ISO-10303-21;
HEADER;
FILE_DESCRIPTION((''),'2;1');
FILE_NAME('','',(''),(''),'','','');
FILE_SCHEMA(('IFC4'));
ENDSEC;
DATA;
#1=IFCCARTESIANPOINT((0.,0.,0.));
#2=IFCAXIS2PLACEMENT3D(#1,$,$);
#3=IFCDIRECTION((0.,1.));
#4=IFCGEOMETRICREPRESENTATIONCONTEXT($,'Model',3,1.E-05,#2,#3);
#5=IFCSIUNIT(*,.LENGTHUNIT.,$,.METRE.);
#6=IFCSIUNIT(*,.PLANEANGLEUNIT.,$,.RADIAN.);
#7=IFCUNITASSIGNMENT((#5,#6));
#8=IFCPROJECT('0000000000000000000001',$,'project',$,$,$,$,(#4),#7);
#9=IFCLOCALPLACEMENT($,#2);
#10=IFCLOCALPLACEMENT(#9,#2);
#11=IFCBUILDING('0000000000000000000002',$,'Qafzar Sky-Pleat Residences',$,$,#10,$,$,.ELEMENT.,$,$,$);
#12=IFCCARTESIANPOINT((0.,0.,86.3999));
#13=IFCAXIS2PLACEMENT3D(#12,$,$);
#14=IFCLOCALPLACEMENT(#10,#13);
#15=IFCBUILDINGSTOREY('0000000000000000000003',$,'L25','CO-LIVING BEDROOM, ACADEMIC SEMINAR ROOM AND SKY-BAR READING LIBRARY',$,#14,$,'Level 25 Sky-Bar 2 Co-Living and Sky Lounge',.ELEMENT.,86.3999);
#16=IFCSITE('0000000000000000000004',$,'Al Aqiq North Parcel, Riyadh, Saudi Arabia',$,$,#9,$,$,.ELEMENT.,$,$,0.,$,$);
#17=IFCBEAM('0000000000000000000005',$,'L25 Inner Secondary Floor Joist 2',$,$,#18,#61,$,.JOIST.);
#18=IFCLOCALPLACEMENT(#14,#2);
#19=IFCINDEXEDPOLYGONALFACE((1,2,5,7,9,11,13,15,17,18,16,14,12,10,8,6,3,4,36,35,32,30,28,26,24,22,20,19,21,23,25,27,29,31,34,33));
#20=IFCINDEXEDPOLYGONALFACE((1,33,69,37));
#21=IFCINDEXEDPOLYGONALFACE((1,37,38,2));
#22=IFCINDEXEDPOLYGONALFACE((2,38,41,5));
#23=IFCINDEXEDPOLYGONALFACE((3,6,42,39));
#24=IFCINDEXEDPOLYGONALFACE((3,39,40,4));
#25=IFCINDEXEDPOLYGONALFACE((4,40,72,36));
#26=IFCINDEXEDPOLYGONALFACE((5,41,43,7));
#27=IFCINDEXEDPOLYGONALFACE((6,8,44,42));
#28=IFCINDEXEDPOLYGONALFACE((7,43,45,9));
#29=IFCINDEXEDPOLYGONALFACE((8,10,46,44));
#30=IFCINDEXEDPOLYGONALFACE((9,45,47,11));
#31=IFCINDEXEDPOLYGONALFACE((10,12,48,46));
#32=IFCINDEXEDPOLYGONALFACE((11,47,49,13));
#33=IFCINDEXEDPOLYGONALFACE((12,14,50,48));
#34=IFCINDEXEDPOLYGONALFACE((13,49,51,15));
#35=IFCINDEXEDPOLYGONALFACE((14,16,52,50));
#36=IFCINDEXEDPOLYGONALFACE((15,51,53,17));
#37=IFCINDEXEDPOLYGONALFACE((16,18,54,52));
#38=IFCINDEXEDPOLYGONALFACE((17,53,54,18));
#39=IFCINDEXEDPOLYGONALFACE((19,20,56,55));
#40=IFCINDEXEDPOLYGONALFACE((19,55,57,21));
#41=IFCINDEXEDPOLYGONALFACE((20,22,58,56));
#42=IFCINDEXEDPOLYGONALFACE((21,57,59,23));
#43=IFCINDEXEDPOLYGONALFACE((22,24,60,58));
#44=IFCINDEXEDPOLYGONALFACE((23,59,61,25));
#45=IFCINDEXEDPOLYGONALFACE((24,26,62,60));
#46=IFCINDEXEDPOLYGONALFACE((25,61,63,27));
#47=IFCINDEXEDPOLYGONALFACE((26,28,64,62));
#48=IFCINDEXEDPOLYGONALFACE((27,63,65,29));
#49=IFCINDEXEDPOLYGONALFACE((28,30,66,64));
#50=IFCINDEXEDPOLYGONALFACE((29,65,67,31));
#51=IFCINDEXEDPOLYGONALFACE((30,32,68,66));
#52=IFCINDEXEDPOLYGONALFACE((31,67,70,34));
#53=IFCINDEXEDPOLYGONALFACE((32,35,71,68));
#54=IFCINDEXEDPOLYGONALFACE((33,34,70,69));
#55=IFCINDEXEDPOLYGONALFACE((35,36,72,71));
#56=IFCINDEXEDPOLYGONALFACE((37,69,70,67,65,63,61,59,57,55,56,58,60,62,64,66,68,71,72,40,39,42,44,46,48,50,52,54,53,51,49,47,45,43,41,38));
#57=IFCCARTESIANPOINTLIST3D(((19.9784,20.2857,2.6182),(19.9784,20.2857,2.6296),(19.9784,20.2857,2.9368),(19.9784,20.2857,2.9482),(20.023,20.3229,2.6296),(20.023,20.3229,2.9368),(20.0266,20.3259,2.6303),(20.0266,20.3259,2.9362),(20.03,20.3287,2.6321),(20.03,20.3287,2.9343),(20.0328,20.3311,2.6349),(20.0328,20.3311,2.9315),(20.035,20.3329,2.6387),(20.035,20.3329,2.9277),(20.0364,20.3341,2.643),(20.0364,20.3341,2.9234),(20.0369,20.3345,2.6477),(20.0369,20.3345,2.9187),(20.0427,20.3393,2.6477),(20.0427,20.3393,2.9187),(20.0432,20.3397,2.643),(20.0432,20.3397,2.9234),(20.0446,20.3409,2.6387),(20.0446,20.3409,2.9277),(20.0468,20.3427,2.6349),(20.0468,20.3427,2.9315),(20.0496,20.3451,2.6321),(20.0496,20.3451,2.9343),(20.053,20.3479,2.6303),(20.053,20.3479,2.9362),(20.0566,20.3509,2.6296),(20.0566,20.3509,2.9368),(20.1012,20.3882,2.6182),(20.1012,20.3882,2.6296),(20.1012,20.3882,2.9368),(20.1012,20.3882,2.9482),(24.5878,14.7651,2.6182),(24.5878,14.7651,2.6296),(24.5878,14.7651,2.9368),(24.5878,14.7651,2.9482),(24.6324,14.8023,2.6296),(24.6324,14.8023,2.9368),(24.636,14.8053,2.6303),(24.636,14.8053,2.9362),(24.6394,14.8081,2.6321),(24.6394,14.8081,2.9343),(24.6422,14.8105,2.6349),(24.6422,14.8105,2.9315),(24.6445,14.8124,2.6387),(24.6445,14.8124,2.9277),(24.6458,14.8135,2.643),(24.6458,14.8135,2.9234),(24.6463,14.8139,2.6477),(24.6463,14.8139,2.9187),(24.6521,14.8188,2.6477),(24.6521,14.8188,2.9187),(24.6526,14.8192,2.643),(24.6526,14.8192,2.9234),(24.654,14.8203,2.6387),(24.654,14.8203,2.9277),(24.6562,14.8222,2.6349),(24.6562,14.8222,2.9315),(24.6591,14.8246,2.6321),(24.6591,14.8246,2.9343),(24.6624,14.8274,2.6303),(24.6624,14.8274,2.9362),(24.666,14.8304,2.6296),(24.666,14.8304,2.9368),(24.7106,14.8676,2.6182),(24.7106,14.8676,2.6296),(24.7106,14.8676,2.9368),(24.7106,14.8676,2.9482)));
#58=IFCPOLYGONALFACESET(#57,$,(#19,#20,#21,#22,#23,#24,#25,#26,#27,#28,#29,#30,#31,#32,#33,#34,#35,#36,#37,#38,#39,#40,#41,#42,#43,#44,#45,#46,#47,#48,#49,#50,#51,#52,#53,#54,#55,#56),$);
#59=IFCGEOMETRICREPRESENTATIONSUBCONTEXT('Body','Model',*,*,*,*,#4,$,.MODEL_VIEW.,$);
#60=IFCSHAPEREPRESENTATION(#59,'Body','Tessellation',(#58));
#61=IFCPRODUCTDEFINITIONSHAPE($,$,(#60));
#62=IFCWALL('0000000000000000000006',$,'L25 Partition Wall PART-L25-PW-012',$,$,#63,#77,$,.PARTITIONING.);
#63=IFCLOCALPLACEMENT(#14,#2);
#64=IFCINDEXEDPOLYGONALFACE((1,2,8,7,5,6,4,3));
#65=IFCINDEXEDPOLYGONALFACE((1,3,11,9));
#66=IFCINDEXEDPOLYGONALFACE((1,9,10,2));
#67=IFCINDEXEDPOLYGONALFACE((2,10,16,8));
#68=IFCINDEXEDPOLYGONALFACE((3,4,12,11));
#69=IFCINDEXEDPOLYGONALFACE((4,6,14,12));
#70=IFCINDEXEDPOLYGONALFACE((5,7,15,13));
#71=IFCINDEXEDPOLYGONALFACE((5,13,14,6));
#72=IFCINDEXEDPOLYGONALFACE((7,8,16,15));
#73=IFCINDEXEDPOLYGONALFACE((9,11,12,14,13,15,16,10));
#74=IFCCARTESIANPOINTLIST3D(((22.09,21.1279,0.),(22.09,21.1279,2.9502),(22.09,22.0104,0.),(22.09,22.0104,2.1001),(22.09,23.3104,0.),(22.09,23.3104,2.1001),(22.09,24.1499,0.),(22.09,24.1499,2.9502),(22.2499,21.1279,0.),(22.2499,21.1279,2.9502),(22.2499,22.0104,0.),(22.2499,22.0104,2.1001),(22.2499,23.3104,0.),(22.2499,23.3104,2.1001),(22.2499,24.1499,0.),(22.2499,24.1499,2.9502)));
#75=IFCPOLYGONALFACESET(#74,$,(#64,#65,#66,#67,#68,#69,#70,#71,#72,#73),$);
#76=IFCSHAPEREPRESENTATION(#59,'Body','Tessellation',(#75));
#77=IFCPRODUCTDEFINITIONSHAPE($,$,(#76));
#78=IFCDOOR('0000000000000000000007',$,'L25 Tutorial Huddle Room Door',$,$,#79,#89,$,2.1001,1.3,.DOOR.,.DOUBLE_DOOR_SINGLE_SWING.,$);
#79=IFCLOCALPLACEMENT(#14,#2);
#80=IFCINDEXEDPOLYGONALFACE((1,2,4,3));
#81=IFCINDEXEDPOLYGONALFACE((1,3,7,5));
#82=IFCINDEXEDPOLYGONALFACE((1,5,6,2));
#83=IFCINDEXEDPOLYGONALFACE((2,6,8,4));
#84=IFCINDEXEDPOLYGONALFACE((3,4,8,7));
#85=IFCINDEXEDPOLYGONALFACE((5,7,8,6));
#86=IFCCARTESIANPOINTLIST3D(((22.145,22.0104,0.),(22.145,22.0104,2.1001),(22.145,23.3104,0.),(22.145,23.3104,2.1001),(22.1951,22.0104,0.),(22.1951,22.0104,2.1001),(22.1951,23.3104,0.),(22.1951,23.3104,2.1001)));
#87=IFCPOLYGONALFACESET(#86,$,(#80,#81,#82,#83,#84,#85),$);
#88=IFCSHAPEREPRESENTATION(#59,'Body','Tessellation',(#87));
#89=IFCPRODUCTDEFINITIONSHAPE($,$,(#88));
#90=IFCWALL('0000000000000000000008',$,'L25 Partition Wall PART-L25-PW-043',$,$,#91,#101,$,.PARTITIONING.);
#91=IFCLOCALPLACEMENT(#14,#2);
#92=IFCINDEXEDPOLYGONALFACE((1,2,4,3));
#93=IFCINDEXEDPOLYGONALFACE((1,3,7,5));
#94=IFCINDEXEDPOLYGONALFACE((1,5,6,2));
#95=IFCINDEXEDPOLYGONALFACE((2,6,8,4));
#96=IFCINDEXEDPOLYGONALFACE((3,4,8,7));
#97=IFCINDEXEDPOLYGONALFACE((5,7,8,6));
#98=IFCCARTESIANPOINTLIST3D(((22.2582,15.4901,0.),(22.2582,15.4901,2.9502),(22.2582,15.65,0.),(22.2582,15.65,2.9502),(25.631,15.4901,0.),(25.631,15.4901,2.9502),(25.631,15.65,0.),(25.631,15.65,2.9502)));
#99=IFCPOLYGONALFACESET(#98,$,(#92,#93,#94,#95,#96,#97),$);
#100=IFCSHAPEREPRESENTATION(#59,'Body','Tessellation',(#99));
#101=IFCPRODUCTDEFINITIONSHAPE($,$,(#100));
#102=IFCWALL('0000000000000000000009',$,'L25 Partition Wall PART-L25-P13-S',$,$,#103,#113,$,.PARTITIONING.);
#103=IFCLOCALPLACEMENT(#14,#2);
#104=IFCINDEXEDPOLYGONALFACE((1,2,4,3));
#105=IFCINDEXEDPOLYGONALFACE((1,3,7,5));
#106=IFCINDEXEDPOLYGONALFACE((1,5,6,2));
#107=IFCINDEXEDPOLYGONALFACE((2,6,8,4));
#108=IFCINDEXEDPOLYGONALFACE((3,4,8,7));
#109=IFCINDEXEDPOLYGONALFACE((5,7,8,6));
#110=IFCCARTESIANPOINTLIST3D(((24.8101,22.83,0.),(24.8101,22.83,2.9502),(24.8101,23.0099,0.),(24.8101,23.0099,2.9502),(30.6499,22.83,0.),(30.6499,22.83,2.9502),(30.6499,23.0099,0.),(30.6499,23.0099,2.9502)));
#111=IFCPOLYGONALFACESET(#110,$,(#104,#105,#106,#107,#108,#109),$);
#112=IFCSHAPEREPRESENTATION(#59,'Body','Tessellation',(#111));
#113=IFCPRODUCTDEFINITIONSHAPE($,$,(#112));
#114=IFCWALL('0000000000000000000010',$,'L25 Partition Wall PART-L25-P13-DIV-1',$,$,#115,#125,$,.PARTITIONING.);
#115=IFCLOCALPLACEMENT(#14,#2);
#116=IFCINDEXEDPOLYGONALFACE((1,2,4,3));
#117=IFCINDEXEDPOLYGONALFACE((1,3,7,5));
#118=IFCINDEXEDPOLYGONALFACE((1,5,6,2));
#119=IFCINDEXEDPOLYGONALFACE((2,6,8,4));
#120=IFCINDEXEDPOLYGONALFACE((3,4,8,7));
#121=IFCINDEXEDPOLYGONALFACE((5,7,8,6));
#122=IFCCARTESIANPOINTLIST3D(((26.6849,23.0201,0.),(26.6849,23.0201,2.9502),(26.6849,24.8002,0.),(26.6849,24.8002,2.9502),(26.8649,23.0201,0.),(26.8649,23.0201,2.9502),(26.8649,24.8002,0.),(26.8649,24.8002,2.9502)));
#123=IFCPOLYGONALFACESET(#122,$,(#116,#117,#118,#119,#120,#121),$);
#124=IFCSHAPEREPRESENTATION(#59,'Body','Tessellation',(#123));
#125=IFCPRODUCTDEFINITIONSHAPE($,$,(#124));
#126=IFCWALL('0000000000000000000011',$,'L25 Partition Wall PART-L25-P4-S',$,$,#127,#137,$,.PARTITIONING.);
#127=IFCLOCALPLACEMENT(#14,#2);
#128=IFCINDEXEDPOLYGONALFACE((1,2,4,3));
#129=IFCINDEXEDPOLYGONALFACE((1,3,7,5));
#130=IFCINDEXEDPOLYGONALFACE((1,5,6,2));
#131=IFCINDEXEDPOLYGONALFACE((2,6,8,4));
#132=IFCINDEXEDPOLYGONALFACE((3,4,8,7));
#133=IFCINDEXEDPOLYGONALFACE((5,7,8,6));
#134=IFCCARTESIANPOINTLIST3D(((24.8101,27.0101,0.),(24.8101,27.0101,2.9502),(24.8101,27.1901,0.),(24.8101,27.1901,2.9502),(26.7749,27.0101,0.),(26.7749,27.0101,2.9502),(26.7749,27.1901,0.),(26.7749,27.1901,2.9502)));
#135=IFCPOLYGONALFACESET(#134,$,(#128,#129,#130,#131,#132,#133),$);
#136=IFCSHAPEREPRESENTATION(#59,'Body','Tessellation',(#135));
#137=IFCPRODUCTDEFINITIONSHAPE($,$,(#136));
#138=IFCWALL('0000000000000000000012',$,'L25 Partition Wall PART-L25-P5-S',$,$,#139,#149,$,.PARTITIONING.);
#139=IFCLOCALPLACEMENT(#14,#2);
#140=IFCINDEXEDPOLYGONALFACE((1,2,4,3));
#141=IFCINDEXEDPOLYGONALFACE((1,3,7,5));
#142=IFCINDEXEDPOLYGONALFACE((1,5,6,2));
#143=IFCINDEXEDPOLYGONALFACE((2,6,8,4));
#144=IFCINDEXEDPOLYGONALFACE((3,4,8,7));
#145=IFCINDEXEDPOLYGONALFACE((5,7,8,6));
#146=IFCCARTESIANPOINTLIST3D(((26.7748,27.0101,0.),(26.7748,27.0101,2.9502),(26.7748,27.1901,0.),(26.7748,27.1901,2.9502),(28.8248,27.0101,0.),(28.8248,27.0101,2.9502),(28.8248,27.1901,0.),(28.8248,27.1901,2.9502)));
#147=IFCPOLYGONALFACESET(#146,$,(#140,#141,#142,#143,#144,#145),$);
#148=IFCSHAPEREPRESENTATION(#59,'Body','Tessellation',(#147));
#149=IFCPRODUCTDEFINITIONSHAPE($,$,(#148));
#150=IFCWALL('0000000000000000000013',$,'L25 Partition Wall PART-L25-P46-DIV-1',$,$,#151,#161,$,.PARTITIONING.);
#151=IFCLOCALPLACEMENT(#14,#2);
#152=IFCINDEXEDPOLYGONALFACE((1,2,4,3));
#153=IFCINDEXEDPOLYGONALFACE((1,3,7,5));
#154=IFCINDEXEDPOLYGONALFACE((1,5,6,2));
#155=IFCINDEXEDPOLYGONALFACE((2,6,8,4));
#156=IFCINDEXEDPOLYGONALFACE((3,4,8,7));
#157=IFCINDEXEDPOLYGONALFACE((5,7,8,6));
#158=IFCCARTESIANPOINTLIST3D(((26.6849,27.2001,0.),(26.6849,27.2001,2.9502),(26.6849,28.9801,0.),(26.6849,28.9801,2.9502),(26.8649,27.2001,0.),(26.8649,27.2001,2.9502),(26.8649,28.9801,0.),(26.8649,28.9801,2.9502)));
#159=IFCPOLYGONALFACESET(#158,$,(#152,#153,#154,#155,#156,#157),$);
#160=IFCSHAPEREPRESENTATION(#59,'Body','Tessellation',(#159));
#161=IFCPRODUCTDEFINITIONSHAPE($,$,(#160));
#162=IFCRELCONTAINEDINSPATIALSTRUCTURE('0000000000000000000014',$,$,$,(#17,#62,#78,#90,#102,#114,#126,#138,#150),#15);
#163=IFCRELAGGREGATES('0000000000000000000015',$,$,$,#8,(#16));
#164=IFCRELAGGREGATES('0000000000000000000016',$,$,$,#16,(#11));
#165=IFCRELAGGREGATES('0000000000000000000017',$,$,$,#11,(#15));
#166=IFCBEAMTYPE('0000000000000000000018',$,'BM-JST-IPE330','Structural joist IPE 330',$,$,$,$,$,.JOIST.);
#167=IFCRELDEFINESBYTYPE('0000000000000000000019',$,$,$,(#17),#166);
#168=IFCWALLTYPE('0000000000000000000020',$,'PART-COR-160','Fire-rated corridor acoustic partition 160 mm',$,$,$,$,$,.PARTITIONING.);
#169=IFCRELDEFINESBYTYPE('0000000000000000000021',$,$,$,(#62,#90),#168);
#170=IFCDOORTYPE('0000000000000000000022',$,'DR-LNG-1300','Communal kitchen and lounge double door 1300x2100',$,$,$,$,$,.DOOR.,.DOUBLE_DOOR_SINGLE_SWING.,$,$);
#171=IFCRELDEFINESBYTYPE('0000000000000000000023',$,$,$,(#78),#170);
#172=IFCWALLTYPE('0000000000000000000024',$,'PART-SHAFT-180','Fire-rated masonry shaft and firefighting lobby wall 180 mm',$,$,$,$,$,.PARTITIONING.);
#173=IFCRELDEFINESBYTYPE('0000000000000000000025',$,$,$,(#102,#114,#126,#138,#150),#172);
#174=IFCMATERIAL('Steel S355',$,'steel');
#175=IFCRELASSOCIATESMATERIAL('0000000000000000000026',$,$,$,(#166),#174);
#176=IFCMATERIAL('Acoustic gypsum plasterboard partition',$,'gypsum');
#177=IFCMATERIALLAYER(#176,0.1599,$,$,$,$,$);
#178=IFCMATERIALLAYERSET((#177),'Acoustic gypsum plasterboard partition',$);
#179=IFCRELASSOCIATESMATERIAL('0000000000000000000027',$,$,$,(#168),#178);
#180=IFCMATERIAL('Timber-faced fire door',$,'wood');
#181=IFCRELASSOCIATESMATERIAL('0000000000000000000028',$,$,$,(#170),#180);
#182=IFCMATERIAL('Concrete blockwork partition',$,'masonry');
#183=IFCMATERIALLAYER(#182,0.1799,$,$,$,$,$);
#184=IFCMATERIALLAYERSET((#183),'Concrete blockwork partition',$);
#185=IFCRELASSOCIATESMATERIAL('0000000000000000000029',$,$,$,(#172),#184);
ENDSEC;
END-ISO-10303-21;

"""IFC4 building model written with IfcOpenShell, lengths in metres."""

from ifc_helpers import new_model, si_unit, direction, frame, frame_2d, origin, origin_2d, place, context, subcontext, project, spatial, rectangle, i_section, extrude, source, transform, mapped, material, layer, layer_set, material_profile, profile_set, type_object, element, fill, save


model = new_model("IFC4")

# Units and contexts
model_context = context("Model", 3, precision=1e-05, world=origin(), true_north=direction((0.0, 1.0)))
body_context = subcontext(model_context, "Body", "Model", "MODEL_VIEW")
ifc_project = project(units=[si_unit("LENGTHUNIT", "METRE"), si_unit("PLANEANGLEUNIT", "RADIAN")], contexts=[model_context])

# Site, building, storey
site_placement = place(None, origin())
site = spatial("IfcSite", under=ifc_project, at=site_placement, Name="Al Aqiq North Parcel, Riyadh, Saudi Arabia", CompositionType="ELEMENT", RefElevation=0.0)
building_placement = place(site_placement, origin())
building = spatial("IfcBuilding", under=site, at=building_placement, Name="Qafzar Sky-Pleat Residences", CompositionType="ELEMENT")
storey_placement = place(building_placement, frame((0.0, 0.0, 86.3999)))
storey = spatial("IfcBuildingStorey", under=building, at=storey_placement, Name="L25", Description="CO-LIVING BEDROOM, ACADEMIC SEMINAR ROOM AND SKY-BAR READING LIBRARY", LongName="Level 25 Sky-Bar 2 Co-Living and Sky Lounge", CompositionType="ELEMENT", Elevation=86.3999)

# Beam
ifc_material_1 = material(Name="Steel S355", Category="steel")
ifc_material_profile = material_profile(ifc_material_1, i_section(OverallWidth=0.1599, OverallDepth=0.3301, WebThickness=0.0076, FlangeThickness=0.0115, FilletRadius=0.0181, at=origin_2d()), Name="IPE 330")
ifc_profile_set = profile_set([ifc_material_profile], Name="Steel S355")
beam_type = type_object("IfcBeamType", Name="BM-JST-IPE330", Description="Structural joist IPE 330", PredefinedType="JOIST", material=ifc_profile_set)
shared_shape_1 = source(origin(), body_context, "Body", "SweptSolid", [
    extrude(i_section(OverallWidth=0.1599, OverallDepth=0.3301, WebThickness=0.0076, FlangeThickness=0.0115, FilletRadius=0.0181, at=origin_2d()), origin(), (0.0, 0.0, 1.0), 7.1919),
])
beam_placement = place(storey_placement, frame((20.0398, 20.3369, 2.7832), z_axis=(0.640919, -0.767609, 0.0), x_axis=(0.767609, 0.640919, 0.0)))
element("IfcBeam", 1, at=beam_placement, inside=storey, type_object=beam_type, Name="L25 Inner Secondary Floor Joist 2", PredefinedType="JOIST", context=body_context, shape_type="MappedRepresentation", body=[
    mapped(shared_shape_1, transform((0.0, 0.0, 0.0), x_axis=(1.0, 0.0, 0.0), y_axis=(0.0, 1.0, 0.0), z_axis=(0.0, 0.0, 1.0), scale=1.0)),
])

# Wall, opening, door
ifc_material_2 = material(Name="Acoustic gypsum plasterboard partition", Category="gypsum")
ifc_layer_1 = layer(ifc_material_2, 0.1599)
ifc_layer_set_1 = layer_set([ifc_layer_1], Name="Acoustic gypsum plasterboard partition")
wall_type_1 = type_object("IfcWallType", Name="PART-COR-160", Description="Fire-rated corridor acoustic partition 160 mm", PredefinedType="PARTITIONING", material=ifc_layer_set_1)
wall_1_placement = place(storey_placement, frame((22.1699, 21.1279, 0.0), z_axis=(0.0, 0.0, 1.0), x_axis=(0.0, 1.0, 0.0)))
wall_1 = element("IfcWall", 2, at=wall_1_placement, inside=storey, type_object=wall_type_1, Name="L25 Partition Wall PART-L25-PW-012", PredefinedType="PARTITIONING", context=body_context, shape_type="SweptSolid", body=[
    extrude(rectangle(XDim=3.022, YDim=0.1599, at=frame_2d((1.511, 0.0))), origin(), (0.0, 0.0, 1.0), 2.9502),
])
opening_1_placement = place(wall_1_placement, frame((0.8826, 0.0, 0.0)))
opening_1 = element("IfcOpeningElement", 3, at=opening_1_placement, cuts=wall_1, PredefinedType="OPENING", context=body_context, shape_type="SweptSolid", body=[
    extrude(rectangle(XDim=1.3, YDim=2.1001, at=frame_2d((0.6499, 1.05))), frame((0.0, 0.0898, 0.0), z_axis=(0.0, -1.0, 0.0), x_axis=(1.0, 0.0, 0.0)), (0.0, 0.0, 1.0), 0.1799),
])
ifc_material_3 = material(Name="Timber-faced fire door", Category="wood")
door_type_1 = type_object("IfcDoorType", Name="DR-LNG-1300", Description="Communal kitchen and lounge double door 1300x2100", OperationType="DOUBLE_DOOR_SINGLE_SWING", PredefinedType="DOOR", material=ifc_material_3)
shared_shape_2 = source(origin(), body_context, "Body", "SweptSolid", [
    extrude(rectangle(XDim=1.3, YDim=2.1001, at=frame_2d((0.6499, 1.05))), frame((0.0, 0.0249, 0.0), z_axis=(0.0, -1.0, 0.0), x_axis=(1.0, 0.0, 0.0)), (0.0, 0.0, 1.0), 0.05),
])
door_1_placement = place(opening_1_placement, origin())
door_1 = element("IfcDoor", 4, at=door_1_placement, inside=storey, type_object=door_type_1, Name="L25 Tutorial Huddle Room Door", OperationType="DOUBLE_DOOR_SINGLE_SWING", OverallHeight=2.1001, OverallWidth=1.3, PredefinedType="DOOR", context=body_context, shape_type="MappedRepresentation", body=[
    mapped(shared_shape_2, transform((0.0, 0.0, 0.0), x_axis=(1.0, 0.0, 0.0), y_axis=(0.0, 1.0, 0.0), z_axis=(0.0, 0.0, 1.0), scale=1.0)),
])
fill(opening_1, door_1)

# Walls
wall_2_placement = place(storey_placement, frame((22.2581, 15.5701, 0.0), z_axis=(0.0, 0.0, 1.0), x_axis=(1.0, 0.0, 0.0)))
element("IfcWall", 5, at=wall_2_placement, inside=storey, type_object=wall_type_1, Name="L25 Partition Wall PART-L25-PW-043", PredefinedType="PARTITIONING", context=body_context, shape_type="SweptSolid", body=[
    extrude(rectangle(XDim=3.3728, YDim=0.1599, at=frame_2d((1.6865, 0.0))), origin(), (0.0, 0.0, 1.0), 2.9502),
])
ifc_material_4 = material(Name="Concrete blockwork partition", Category="masonry")
ifc_layer_2 = layer(ifc_material_4, 0.1799)
ifc_layer_set_2 = layer_set([ifc_layer_2], Name="Concrete blockwork partition")
wall_type_2 = type_object("IfcWallType", Name="PART-SHAFT-180", Description="Fire-rated masonry shaft and firefighting lobby wall 180 mm", PredefinedType="PARTITIONING", material=ifc_layer_set_2)
wall_3_placement = place(storey_placement, frame((24.8101, 22.9199, 0.0), z_axis=(0.0, 0.0, 1.0), x_axis=(1.0, 0.0, 0.0)))
element("IfcWall", 6, at=wall_3_placement, inside=storey, type_object=wall_type_2, Name="L25 Partition Wall PART-L25-P13-S", PredefinedType="PARTITIONING", context=body_context, shape_type="SweptSolid", body=[
    extrude(rectangle(XDim=5.8398, YDim=0.1799, at=frame_2d((2.9199, 0.0))), origin(), (0.0, 0.0, 1.0), 2.9502),
])

# Walls
wall_4_placement = place(storey_placement, frame((26.7749, 23.02, 0.0), z_axis=(0.0, 0.0, 1.0), x_axis=(0.0, 1.0, 0.0)))
element("IfcWall", 7, at=wall_4_placement, inside=storey, type_object=wall_type_2, Name="L25 Partition Wall PART-L25-P13-DIV-1", PredefinedType="PARTITIONING", context=body_context, shape_type="SweptSolid", body=[
    extrude(rectangle(XDim=1.78, YDim=0.1799, at=frame_2d((0.8901, 0.0))), origin(), (0.0, 0.0, 1.0), 2.9502),
])
wall_5_placement = place(storey_placement, frame((24.8101, 27.1001, 0.0), z_axis=(0.0, 0.0, 1.0), x_axis=(1.0, 0.0, 0.0)))
element("IfcWall", 8, at=wall_5_placement, inside=storey, type_object=wall_type_2, Name="L25 Partition Wall PART-L25-P4-S", PredefinedType="PARTITIONING", context=body_context, shape_type="SweptSolid", body=[
    extrude(rectangle(XDim=1.9648, YDim=0.1799, at=frame_2d((0.9824, 0.0))), origin(), (0.0, 0.0, 1.0), 2.9502),
])
wall_6_placement = place(storey_placement, frame((26.7749, 27.1001, 0.0), z_axis=(0.0, 0.0, 1.0), x_axis=(1.0, 0.0, 0.0)))
element("IfcWall", 9, at=wall_6_placement, inside=storey, type_object=wall_type_2, Name="L25 Partition Wall PART-L25-P5-S", PredefinedType="PARTITIONING", context=body_context, shape_type="SweptSolid", body=[
    extrude(rectangle(XDim=2.05, YDim=0.1799, at=frame_2d((1.0249, 0.0))), origin(), (0.0, 0.0, 1.0), 2.9502),
])
wall_7_placement = place(storey_placement, frame((26.7749, 27.2, 0.0), z_axis=(0.0, 0.0, 1.0), x_axis=(0.0, 1.0, 0.0)))
element("IfcWall", 10, at=wall_7_placement, inside=storey, type_object=wall_type_2, Name="L25 Partition Wall PART-L25-P46-DIV-1", PredefinedType="PARTITIONING", context=body_context, shape_type="SweptSolid", body=[
    extrude(rectangle(XDim=1.78, YDim=0.1799, at=frame_2d((0.8901, 0.0))), origin(), (0.0, 0.0, 1.0), 2.9502),
])

save(model, "model.ifc")
